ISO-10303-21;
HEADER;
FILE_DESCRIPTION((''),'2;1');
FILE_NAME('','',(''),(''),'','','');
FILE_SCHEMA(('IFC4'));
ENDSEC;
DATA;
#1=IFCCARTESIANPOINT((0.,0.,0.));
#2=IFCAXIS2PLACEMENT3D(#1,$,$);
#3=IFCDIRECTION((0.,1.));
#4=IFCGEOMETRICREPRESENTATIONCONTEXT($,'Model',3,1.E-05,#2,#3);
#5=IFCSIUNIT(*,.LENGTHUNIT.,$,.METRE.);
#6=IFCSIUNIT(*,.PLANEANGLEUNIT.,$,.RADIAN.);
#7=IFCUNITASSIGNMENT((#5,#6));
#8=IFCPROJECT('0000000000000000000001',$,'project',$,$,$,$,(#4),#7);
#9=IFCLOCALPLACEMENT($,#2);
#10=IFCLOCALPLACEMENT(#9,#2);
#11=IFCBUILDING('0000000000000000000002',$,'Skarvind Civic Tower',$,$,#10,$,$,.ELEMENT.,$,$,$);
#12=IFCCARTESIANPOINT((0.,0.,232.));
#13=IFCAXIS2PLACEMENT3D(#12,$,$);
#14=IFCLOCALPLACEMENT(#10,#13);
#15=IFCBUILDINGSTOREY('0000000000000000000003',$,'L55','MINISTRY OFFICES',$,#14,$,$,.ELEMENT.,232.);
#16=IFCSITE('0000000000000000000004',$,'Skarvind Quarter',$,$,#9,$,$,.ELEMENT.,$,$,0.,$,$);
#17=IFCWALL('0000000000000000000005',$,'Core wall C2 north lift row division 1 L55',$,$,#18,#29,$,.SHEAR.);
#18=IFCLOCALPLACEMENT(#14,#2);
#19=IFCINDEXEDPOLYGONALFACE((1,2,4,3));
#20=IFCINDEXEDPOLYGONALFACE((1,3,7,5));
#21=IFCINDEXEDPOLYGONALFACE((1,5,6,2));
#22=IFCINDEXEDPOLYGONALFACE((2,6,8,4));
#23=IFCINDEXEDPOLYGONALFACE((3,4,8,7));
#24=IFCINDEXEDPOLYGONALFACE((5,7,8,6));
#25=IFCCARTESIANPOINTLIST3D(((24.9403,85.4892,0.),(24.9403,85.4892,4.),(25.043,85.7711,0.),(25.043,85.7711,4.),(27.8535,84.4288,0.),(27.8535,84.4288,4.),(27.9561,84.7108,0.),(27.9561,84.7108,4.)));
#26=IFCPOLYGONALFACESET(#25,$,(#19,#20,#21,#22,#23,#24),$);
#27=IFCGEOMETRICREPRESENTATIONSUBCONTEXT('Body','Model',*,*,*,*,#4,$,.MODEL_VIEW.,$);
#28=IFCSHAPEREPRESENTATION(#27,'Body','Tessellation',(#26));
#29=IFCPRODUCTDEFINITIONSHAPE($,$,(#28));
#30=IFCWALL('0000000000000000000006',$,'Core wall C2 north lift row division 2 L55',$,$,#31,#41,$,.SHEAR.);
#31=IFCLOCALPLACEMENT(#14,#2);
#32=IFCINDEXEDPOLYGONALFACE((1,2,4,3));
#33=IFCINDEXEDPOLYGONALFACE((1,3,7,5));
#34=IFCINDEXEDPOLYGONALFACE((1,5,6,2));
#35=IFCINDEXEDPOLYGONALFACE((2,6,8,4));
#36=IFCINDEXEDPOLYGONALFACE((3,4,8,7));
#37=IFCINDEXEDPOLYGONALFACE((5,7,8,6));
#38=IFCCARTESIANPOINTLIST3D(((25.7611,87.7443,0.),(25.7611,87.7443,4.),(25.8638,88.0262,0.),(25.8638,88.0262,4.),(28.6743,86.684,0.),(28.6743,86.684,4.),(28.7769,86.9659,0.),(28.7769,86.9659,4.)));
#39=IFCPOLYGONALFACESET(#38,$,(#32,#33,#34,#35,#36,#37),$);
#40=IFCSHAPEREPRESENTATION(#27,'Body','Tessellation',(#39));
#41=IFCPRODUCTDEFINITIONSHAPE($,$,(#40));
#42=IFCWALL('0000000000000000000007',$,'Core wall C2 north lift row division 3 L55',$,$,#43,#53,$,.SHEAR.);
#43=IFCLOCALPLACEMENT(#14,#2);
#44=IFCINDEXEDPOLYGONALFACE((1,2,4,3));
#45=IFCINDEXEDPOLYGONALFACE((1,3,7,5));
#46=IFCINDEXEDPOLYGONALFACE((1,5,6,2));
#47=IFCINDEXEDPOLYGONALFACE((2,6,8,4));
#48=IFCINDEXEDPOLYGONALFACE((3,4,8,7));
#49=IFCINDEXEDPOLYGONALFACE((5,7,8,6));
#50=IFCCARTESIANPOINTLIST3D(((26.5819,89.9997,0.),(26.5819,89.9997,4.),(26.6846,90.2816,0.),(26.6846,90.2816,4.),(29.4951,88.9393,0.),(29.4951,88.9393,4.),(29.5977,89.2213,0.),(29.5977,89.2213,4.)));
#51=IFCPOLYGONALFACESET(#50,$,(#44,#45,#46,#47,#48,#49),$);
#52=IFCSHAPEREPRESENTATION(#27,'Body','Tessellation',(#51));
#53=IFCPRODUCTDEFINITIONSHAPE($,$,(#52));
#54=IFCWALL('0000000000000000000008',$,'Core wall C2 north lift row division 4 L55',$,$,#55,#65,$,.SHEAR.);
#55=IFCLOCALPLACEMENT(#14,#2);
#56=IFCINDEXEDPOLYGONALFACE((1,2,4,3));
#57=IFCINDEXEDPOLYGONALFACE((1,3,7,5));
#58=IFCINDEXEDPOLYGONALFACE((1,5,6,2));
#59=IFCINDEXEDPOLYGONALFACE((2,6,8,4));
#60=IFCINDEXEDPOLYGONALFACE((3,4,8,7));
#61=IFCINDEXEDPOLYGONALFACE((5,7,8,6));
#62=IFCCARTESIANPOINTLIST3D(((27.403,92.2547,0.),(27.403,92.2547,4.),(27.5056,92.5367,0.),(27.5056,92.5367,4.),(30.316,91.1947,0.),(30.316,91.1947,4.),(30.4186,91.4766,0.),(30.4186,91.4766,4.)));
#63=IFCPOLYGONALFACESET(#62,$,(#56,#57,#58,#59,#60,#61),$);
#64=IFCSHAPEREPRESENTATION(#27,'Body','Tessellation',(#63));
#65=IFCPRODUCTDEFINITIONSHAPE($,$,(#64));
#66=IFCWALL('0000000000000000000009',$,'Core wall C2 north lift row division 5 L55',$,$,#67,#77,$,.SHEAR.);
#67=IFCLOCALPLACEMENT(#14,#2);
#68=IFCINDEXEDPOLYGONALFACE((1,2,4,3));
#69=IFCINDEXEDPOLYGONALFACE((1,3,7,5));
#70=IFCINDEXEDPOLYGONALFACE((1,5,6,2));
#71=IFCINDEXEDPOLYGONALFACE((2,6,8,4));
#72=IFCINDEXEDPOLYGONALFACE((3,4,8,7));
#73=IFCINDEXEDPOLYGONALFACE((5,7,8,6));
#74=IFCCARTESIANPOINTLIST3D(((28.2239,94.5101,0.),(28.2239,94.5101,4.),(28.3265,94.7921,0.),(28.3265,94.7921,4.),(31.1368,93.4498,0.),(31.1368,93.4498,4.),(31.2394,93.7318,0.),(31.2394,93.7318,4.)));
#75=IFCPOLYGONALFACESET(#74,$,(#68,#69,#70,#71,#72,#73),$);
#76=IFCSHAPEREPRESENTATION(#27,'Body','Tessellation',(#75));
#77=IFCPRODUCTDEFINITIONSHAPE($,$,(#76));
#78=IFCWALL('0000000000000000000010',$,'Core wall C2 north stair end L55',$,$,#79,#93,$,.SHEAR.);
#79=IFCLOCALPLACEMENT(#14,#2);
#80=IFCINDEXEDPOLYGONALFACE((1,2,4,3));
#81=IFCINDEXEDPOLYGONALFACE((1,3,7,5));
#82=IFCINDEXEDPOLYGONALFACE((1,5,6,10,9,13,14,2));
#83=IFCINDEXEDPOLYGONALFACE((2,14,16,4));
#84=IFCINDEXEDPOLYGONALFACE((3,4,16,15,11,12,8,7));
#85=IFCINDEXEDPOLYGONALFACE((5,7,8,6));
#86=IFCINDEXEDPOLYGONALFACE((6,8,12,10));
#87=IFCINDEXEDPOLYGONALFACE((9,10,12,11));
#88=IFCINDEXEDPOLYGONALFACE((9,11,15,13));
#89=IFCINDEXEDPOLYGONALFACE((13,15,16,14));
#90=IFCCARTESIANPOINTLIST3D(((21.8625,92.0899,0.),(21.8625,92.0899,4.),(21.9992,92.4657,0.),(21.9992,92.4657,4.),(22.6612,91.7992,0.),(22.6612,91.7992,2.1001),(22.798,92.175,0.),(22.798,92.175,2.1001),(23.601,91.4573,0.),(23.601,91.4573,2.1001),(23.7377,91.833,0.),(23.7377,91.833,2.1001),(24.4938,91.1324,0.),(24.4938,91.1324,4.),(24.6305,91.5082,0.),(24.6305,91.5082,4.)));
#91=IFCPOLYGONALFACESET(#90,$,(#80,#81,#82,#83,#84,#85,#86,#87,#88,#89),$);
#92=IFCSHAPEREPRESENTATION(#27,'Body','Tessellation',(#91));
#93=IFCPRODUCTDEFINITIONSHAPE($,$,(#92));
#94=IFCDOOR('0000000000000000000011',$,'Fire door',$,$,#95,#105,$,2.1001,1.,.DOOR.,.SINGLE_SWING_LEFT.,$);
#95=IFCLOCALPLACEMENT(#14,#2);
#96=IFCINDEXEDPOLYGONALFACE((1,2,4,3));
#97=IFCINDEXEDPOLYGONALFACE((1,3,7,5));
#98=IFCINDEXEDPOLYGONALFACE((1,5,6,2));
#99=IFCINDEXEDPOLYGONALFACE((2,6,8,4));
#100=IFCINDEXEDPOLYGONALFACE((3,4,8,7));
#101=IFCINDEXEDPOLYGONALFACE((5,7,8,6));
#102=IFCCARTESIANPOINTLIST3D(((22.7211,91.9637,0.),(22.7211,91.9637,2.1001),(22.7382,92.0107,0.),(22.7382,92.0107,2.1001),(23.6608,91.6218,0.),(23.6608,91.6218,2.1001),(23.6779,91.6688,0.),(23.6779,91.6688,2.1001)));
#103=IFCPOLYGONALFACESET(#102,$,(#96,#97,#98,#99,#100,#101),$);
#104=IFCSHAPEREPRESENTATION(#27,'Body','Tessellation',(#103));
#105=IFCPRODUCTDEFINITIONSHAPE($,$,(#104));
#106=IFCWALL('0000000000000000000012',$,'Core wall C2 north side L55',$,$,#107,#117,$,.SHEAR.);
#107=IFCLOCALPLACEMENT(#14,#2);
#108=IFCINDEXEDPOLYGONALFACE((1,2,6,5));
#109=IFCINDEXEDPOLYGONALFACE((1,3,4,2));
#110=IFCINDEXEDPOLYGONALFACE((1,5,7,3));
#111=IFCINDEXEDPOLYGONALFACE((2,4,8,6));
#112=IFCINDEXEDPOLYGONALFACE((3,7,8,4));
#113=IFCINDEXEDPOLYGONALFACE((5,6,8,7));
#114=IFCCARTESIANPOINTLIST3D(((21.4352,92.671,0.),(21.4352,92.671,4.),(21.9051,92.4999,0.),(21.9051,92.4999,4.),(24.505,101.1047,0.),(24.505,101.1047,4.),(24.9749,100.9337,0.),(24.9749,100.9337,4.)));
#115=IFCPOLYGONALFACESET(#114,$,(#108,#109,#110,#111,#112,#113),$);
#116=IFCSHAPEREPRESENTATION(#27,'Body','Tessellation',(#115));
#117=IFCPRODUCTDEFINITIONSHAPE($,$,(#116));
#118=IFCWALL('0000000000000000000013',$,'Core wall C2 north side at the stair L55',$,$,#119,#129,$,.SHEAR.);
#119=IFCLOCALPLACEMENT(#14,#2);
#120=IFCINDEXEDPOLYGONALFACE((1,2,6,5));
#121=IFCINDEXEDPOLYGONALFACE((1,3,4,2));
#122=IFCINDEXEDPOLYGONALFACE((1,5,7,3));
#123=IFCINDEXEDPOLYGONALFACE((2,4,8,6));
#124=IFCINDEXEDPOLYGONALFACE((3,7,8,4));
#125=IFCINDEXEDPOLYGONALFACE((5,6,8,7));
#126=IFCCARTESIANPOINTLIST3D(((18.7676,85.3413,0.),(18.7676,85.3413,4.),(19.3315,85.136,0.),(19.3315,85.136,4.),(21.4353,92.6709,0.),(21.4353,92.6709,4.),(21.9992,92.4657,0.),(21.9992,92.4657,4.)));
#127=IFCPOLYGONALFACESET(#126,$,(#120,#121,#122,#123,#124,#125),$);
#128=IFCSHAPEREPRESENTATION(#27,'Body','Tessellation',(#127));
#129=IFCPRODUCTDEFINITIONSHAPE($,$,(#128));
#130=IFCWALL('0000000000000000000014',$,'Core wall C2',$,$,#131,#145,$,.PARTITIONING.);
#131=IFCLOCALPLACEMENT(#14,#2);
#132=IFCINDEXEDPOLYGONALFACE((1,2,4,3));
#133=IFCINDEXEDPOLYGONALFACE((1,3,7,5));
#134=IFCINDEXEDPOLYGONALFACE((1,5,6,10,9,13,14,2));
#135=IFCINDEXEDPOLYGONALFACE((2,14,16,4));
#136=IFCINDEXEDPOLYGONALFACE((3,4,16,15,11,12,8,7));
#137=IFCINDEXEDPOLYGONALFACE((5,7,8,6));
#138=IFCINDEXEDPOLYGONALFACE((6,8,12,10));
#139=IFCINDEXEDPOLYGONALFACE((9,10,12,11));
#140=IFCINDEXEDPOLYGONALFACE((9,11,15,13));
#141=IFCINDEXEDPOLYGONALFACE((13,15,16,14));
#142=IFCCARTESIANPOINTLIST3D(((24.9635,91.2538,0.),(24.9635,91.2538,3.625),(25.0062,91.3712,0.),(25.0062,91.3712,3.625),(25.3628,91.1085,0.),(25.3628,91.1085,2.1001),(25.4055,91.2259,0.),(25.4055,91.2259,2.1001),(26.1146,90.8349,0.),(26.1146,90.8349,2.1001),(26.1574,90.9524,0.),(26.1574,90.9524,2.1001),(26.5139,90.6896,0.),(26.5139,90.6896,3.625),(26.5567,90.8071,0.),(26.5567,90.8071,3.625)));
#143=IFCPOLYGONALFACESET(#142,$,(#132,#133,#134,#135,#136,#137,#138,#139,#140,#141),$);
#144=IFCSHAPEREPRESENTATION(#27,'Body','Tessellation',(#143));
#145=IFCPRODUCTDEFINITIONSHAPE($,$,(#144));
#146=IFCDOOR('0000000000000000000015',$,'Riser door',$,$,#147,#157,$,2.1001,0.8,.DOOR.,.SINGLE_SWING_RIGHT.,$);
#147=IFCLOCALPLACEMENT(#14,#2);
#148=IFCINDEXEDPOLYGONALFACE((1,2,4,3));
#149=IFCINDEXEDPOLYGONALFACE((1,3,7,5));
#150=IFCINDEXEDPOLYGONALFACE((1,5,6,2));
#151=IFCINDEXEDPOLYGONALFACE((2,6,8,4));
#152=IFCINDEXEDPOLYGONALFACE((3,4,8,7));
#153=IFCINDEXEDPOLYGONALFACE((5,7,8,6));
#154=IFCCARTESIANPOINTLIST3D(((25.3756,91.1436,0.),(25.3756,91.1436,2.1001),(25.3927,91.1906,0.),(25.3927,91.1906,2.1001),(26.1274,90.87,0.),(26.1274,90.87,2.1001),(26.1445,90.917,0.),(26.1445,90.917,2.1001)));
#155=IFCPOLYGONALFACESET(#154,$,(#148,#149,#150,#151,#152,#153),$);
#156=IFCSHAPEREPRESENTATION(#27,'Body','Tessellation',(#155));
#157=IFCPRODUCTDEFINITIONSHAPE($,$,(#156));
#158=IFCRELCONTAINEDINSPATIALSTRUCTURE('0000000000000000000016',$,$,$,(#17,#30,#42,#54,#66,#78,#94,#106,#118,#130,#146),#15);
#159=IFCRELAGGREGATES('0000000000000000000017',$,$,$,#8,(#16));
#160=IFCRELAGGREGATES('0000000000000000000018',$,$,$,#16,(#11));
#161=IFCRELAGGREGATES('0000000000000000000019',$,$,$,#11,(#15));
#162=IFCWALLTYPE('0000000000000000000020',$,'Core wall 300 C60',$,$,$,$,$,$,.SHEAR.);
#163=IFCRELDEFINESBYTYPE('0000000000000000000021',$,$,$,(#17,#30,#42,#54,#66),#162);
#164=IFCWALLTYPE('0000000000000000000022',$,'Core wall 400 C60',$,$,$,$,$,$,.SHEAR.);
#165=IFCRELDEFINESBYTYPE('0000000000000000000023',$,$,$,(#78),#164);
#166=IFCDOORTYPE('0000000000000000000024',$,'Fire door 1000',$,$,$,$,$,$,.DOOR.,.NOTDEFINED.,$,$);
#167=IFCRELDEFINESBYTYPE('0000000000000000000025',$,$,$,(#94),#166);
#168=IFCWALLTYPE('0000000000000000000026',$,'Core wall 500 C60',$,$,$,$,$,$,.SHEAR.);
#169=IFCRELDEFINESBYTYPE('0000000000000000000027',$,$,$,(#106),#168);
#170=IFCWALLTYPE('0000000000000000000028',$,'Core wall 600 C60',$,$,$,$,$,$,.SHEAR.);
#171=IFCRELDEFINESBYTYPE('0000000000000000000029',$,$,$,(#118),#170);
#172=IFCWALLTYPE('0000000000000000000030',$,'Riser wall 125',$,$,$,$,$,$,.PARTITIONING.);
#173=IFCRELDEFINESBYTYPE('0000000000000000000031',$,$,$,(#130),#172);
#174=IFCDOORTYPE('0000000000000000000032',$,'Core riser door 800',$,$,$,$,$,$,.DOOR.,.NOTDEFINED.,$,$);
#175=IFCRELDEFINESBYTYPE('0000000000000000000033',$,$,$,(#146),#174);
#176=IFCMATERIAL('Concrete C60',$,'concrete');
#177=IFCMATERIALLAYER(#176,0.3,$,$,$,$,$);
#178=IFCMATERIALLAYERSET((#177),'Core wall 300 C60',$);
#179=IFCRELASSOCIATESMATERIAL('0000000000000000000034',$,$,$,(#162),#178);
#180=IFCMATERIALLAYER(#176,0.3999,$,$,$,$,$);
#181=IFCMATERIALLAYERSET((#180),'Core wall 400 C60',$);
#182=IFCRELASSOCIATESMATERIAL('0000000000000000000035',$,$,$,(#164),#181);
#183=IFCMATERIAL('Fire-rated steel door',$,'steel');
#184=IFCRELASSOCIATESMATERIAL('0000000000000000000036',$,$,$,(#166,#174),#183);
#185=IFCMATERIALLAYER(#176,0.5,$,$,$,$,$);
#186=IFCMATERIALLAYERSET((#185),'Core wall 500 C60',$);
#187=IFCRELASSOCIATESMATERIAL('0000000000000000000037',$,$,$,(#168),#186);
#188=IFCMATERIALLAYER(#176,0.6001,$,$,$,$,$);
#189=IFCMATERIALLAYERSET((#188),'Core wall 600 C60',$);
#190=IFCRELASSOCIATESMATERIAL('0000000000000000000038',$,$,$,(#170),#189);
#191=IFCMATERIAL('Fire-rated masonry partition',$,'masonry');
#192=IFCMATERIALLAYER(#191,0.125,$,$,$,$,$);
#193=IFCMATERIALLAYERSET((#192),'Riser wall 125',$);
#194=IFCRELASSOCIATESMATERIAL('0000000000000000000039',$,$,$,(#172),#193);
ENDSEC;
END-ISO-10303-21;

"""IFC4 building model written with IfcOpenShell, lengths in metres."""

from ifc_helpers import new_model, si_unit, direction, frame, frame_2d, origin, place, context, subcontext, project, spatial, rectangle, extrude, material, layer, layer_set, type_object, element, fill, save


model = new_model("IFC4")

# Units and contexts
model_context = context("Model", 3, precision=1e-05, world=origin(), true_north=direction((0.0, 1.0)))
body_context = subcontext(model_context, "Body", "Model", "MODEL_VIEW")
ifc_project = project(units=[si_unit("LENGTHUNIT", "METRE"), si_unit("PLANEANGLEUNIT", "RADIAN")], contexts=[model_context])

# Site, building, storey
site_placement = place(None, origin())
site = spatial("IfcSite", under=ifc_project, at=site_placement, Name="Skarvind Quarter", CompositionType="ELEMENT", RefElevation=0.0)
building_placement = place(site_placement, origin())
building = spatial("IfcBuilding", under=site, at=building_placement, Name="Skarvind Civic Tower", CompositionType="ELEMENT")
storey_placement = place(building_placement, frame((0.0, 0.0, 232.0)))
storey = spatial("IfcBuildingStorey", under=building, at=storey_placement, Name="L55", Description="MINISTRY OFFICES", CompositionType="ELEMENT", Elevation=232.0)

# Walls
ifc_material_1 = material(Name="Concrete C60", Category="concrete")
ifc_layer_1 = layer(ifc_material_1, 0.3)
ifc_layer_set_1 = layer_set([ifc_layer_1], Name="Core wall 300 C60")
wall_type_1 = type_object("IfcWallType", Name="Core wall 300 C60", PredefinedType="SHEAR", material=ifc_layer_set_1)
for number, where, z_axis, x_axis, name in (
    (1, (27.9048, 84.5698, 0.0), (0.0, 0.0, 1.0), (-0.93969, 0.342028, 0.0), "Core wall C2 north lift row division 1 L55"),
    (2, (28.7256, 86.825, 0.0), (0.0, 0.0, 1.0), (-0.93969, 0.342028, 0.0), "Core wall C2 north lift row division 2 L55"),
    (3, (29.5464, 89.0803, 0.0), (0.0, 0.0, 1.0), (-0.93969, 0.342028, 0.0), "Core wall C2 north lift row division 3 L55"),
):
    element("IfcWall", number, at=place(storey_placement, frame(where, z_axis=z_axis, x_axis=x_axis)), inside=storey, type_object=wall_type_1, Name=name, PredefinedType="SHEAR", context=body_context, shape_type="SweptSolid", body=[
        extrude(rectangle(XDim=3.1001, YDim=0.3, at=frame_2d((1.55, 0.0))), origin(), (0.0, 0.0, 1.0), 4.0),
    ])
for number, where, z_axis, x_axis, name in (
    (4, (30.3672, 91.3357, 0.0), (0.0, 0.0, 1.0), (-0.939715, 0.341958, 0.0), "Core wall C2 north lift row division 4 L55"),
    (5, (31.188, 93.5908, 0.0), (0.0, 0.0, 1.0), (-0.939681, 0.342053, 0.0), "Core wall C2 north lift row division 5 L55"),
):
    element("IfcWall", number, at=place(storey_placement, frame(where, z_axis=z_axis, x_axis=x_axis)), inside=storey, type_object=wall_type_1, Name=name, PredefinedType="SHEAR", context=body_context, shape_type="SweptSolid", body=[
        extrude(rectangle(XDim=3.0999, YDim=0.3, at=frame_2d((1.5498, 0.0))), origin(), (0.0, 0.0, 1.0), 4.0),
    ])

# Wall, opening, door
ifc_layer_2 = layer(ifc_material_1, 0.3999)
ifc_layer_set_2 = layer_set([ifc_layer_2], Name="Core wall 400 C60")
wall_type_2 = type_object("IfcWallType", Name="Core wall 400 C60", PredefinedType="SHEAR", material=ifc_layer_set_2)
wall_1_placement = place(storey_placement, frame((24.562, 91.3203, 0.0), z_axis=(0.0, 0.0, 1.0), x_axis=(-0.939717, 0.341953, 0.0)))
wall_1 = element("IfcWall", 6, at=wall_1_placement, inside=storey, type_object=wall_type_2, Name="Core wall C2 north stair end L55", PredefinedType="SHEAR", context=body_context, shape_type="SweptSolid", body=[
    extrude(rectangle(XDim=2.8, YDim=0.3999, at=frame_2d((1.3999, 0.0))), origin(), (0.0, 0.0, 1.0), 4.0),
])
opening_1_placement = place(wall_1_placement, frame((0.95, 0.0, 0.0)))
opening_1 = element("IfcOpeningElement", 7, at=opening_1_placement, cuts=wall_1, PredefinedType="OPENING", context=body_context, shape_type="SweptSolid", body=[
    extrude(rectangle(XDim=1.0, YDim=2.1001, at=frame_2d((0.5, 1.05))), frame((0.0, 0.21, 0.0), z_axis=(0.0, -1.0, 0.0), x_axis=(1.0, 0.0, 0.0)), (0.0, 0.0, 1.0), 0.4199),
])
ifc_material_2 = material(Name="Fire-rated steel door", Category="steel")
door_type_1 = type_object("IfcDoorType", Name="Fire door 1000", OperationType="NOTDEFINED", PredefinedType="DOOR", material=ifc_material_2)
door_1_placement = place(opening_1_placement, origin())
door_1 = element("IfcDoor", 8, at=door_1_placement, inside=storey, type_object=door_type_1, Name="Fire door", OperationType="SINGLE_SWING_LEFT", OverallHeight=2.1001, OverallWidth=1.0, PredefinedType="DOOR", context=body_context, shape_type="SweptSolid", body=[
    extrude(rectangle(XDim=1.0, YDim=2.1001, at=frame_2d((0.5, 1.05))), frame((0.0, 0.0249, 0.0), z_axis=(0.0, -1.0, 0.0), x_axis=(1.0, 0.0, 0.0)), (0.0, 0.0, 1.0), 0.05),
])
fill(opening_1, door_1)

# Walls
ifc_layer_3 = layer(ifc_material_1, 0.5)
ifc_layer_set_3 = layer_set([ifc_layer_3], Name="Core wall 500 C60")
wall_type_3 = type_object("IfcWallType", Name="Core wall 500 C60", PredefinedType="SHEAR", material=ifc_layer_set_3)
wall_2_placement = place(storey_placement, frame((21.6702, 92.5854, 0.0), z_axis=(0.0, 0.0, 1.0), x_axis=(0.342036, 0.939687, 0.0)))
element("IfcWall", 9, at=wall_2_placement, inside=storey, type_object=wall_type_3, Name="Core wall C2 north side L55", PredefinedType="SHEAR", context=body_context, shape_type="SweptSolid", body=[
    extrude(rectangle(XDim=8.9751, YDim=0.5, at=frame_2d((4.4875, 0.0))), origin(), (0.0, 0.0, 1.0), 4.0),
])
ifc_layer_4 = layer(ifc_material_1, 0.6001)
ifc_layer_set_4 = layer_set([ifc_layer_4], Name="Core wall 600 C60")
wall_type_4 = type_object("IfcWallType", Name="Core wall 600 C60", PredefinedType="SHEAR", material=ifc_layer_set_4)
wall_3_placement = place(storey_placement, frame((19.0496, 85.2388, 0.0), z_axis=(0.0, 0.0, 1.0), x_axis=(0.342017, 0.939694, 0.0)))
element("IfcWall", 10, at=wall_3_placement, inside=storey, type_object=wall_type_4, Name="Core wall C2 north side at the stair L55", PredefinedType="SHEAR", context=body_context, shape_type="SweptSolid", body=[
    extrude(rectangle(XDim=7.8, YDim=0.6001, at=frame_2d((3.8999, 0.0))), origin(), (0.0, 0.0, 1.0), 4.0),
])

# Wall, opening, door
ifc_material_3 = material(Name="Fire-rated masonry partition", Category="masonry")
ifc_layer_5 = layer(ifc_material_3, 0.125)
ifc_layer_set_5 = layer_set([ifc_layer_5], Name="Riser wall 125")
wall_type_5 = type_object("IfcWallType", Name="Riser wall 125", PredefinedType="PARTITIONING", material=ifc_layer_set_5)
wall_4_placement = place(storey_placement, frame((24.9849, 91.3125, 0.0), z_axis=(0.0, 0.0, 1.0), x_axis=(0.93972, -0.341945, 0.0)))
wall_4 = element("IfcWall", 11, at=wall_4_placement, inside=storey, type_object=wall_type_5, Name="Core wall C2", PredefinedType="PARTITIONING", context=body_context, shape_type="SweptSolid", body=[
    extrude(rectangle(XDim=1.6499, YDim=0.125, at=frame_2d((0.825, 0.0))), origin(), (0.0, 0.0, 1.0), 3.625),
])
opening_2_placement = place(wall_4_placement, frame((0.425, 0.0, 0.0)))
opening_2 = element("IfcOpeningElement", 12, at=opening_2_placement, cuts=wall_4, PredefinedType="OPENING", context=body_context, shape_type="SweptSolid", body=[
    extrude(rectangle(XDim=0.8, YDim=2.1001, at=frame_2d((0.3999, 1.05))), frame((0.0, 0.0725, 0.0), z_axis=(0.0, -1.0, 0.0), x_axis=(1.0, 0.0, 0.0)), (0.0, 0.0, 1.0), 0.145),
])
door_type_2 = type_object("IfcDoorType", Name="Core riser door 800", OperationType="NOTDEFINED", PredefinedType="DOOR", material=ifc_material_2)
door_2_placement = place(opening_2_placement, origin())
door_2 = element("IfcDoor", 13, at=door_2_placement, inside=storey, type_object=door_type_2, Name="Riser door", OperationType="SINGLE_SWING_RIGHT", OverallHeight=2.1001, OverallWidth=0.8, PredefinedType="DOOR", context=body_context, shape_type="SweptSolid", body=[
    extrude(rectangle(XDim=0.8, YDim=2.1001, at=frame_2d((0.3999, 1.05))), frame((0.0, 0.0249, 0.0), z_axis=(0.0, -1.0, 0.0), x_axis=(1.0, 0.0, 0.0)), (0.0, 0.0, 1.0), 0.05),
])
fill(opening_2, door_2)

save(model, "model.ifc")
